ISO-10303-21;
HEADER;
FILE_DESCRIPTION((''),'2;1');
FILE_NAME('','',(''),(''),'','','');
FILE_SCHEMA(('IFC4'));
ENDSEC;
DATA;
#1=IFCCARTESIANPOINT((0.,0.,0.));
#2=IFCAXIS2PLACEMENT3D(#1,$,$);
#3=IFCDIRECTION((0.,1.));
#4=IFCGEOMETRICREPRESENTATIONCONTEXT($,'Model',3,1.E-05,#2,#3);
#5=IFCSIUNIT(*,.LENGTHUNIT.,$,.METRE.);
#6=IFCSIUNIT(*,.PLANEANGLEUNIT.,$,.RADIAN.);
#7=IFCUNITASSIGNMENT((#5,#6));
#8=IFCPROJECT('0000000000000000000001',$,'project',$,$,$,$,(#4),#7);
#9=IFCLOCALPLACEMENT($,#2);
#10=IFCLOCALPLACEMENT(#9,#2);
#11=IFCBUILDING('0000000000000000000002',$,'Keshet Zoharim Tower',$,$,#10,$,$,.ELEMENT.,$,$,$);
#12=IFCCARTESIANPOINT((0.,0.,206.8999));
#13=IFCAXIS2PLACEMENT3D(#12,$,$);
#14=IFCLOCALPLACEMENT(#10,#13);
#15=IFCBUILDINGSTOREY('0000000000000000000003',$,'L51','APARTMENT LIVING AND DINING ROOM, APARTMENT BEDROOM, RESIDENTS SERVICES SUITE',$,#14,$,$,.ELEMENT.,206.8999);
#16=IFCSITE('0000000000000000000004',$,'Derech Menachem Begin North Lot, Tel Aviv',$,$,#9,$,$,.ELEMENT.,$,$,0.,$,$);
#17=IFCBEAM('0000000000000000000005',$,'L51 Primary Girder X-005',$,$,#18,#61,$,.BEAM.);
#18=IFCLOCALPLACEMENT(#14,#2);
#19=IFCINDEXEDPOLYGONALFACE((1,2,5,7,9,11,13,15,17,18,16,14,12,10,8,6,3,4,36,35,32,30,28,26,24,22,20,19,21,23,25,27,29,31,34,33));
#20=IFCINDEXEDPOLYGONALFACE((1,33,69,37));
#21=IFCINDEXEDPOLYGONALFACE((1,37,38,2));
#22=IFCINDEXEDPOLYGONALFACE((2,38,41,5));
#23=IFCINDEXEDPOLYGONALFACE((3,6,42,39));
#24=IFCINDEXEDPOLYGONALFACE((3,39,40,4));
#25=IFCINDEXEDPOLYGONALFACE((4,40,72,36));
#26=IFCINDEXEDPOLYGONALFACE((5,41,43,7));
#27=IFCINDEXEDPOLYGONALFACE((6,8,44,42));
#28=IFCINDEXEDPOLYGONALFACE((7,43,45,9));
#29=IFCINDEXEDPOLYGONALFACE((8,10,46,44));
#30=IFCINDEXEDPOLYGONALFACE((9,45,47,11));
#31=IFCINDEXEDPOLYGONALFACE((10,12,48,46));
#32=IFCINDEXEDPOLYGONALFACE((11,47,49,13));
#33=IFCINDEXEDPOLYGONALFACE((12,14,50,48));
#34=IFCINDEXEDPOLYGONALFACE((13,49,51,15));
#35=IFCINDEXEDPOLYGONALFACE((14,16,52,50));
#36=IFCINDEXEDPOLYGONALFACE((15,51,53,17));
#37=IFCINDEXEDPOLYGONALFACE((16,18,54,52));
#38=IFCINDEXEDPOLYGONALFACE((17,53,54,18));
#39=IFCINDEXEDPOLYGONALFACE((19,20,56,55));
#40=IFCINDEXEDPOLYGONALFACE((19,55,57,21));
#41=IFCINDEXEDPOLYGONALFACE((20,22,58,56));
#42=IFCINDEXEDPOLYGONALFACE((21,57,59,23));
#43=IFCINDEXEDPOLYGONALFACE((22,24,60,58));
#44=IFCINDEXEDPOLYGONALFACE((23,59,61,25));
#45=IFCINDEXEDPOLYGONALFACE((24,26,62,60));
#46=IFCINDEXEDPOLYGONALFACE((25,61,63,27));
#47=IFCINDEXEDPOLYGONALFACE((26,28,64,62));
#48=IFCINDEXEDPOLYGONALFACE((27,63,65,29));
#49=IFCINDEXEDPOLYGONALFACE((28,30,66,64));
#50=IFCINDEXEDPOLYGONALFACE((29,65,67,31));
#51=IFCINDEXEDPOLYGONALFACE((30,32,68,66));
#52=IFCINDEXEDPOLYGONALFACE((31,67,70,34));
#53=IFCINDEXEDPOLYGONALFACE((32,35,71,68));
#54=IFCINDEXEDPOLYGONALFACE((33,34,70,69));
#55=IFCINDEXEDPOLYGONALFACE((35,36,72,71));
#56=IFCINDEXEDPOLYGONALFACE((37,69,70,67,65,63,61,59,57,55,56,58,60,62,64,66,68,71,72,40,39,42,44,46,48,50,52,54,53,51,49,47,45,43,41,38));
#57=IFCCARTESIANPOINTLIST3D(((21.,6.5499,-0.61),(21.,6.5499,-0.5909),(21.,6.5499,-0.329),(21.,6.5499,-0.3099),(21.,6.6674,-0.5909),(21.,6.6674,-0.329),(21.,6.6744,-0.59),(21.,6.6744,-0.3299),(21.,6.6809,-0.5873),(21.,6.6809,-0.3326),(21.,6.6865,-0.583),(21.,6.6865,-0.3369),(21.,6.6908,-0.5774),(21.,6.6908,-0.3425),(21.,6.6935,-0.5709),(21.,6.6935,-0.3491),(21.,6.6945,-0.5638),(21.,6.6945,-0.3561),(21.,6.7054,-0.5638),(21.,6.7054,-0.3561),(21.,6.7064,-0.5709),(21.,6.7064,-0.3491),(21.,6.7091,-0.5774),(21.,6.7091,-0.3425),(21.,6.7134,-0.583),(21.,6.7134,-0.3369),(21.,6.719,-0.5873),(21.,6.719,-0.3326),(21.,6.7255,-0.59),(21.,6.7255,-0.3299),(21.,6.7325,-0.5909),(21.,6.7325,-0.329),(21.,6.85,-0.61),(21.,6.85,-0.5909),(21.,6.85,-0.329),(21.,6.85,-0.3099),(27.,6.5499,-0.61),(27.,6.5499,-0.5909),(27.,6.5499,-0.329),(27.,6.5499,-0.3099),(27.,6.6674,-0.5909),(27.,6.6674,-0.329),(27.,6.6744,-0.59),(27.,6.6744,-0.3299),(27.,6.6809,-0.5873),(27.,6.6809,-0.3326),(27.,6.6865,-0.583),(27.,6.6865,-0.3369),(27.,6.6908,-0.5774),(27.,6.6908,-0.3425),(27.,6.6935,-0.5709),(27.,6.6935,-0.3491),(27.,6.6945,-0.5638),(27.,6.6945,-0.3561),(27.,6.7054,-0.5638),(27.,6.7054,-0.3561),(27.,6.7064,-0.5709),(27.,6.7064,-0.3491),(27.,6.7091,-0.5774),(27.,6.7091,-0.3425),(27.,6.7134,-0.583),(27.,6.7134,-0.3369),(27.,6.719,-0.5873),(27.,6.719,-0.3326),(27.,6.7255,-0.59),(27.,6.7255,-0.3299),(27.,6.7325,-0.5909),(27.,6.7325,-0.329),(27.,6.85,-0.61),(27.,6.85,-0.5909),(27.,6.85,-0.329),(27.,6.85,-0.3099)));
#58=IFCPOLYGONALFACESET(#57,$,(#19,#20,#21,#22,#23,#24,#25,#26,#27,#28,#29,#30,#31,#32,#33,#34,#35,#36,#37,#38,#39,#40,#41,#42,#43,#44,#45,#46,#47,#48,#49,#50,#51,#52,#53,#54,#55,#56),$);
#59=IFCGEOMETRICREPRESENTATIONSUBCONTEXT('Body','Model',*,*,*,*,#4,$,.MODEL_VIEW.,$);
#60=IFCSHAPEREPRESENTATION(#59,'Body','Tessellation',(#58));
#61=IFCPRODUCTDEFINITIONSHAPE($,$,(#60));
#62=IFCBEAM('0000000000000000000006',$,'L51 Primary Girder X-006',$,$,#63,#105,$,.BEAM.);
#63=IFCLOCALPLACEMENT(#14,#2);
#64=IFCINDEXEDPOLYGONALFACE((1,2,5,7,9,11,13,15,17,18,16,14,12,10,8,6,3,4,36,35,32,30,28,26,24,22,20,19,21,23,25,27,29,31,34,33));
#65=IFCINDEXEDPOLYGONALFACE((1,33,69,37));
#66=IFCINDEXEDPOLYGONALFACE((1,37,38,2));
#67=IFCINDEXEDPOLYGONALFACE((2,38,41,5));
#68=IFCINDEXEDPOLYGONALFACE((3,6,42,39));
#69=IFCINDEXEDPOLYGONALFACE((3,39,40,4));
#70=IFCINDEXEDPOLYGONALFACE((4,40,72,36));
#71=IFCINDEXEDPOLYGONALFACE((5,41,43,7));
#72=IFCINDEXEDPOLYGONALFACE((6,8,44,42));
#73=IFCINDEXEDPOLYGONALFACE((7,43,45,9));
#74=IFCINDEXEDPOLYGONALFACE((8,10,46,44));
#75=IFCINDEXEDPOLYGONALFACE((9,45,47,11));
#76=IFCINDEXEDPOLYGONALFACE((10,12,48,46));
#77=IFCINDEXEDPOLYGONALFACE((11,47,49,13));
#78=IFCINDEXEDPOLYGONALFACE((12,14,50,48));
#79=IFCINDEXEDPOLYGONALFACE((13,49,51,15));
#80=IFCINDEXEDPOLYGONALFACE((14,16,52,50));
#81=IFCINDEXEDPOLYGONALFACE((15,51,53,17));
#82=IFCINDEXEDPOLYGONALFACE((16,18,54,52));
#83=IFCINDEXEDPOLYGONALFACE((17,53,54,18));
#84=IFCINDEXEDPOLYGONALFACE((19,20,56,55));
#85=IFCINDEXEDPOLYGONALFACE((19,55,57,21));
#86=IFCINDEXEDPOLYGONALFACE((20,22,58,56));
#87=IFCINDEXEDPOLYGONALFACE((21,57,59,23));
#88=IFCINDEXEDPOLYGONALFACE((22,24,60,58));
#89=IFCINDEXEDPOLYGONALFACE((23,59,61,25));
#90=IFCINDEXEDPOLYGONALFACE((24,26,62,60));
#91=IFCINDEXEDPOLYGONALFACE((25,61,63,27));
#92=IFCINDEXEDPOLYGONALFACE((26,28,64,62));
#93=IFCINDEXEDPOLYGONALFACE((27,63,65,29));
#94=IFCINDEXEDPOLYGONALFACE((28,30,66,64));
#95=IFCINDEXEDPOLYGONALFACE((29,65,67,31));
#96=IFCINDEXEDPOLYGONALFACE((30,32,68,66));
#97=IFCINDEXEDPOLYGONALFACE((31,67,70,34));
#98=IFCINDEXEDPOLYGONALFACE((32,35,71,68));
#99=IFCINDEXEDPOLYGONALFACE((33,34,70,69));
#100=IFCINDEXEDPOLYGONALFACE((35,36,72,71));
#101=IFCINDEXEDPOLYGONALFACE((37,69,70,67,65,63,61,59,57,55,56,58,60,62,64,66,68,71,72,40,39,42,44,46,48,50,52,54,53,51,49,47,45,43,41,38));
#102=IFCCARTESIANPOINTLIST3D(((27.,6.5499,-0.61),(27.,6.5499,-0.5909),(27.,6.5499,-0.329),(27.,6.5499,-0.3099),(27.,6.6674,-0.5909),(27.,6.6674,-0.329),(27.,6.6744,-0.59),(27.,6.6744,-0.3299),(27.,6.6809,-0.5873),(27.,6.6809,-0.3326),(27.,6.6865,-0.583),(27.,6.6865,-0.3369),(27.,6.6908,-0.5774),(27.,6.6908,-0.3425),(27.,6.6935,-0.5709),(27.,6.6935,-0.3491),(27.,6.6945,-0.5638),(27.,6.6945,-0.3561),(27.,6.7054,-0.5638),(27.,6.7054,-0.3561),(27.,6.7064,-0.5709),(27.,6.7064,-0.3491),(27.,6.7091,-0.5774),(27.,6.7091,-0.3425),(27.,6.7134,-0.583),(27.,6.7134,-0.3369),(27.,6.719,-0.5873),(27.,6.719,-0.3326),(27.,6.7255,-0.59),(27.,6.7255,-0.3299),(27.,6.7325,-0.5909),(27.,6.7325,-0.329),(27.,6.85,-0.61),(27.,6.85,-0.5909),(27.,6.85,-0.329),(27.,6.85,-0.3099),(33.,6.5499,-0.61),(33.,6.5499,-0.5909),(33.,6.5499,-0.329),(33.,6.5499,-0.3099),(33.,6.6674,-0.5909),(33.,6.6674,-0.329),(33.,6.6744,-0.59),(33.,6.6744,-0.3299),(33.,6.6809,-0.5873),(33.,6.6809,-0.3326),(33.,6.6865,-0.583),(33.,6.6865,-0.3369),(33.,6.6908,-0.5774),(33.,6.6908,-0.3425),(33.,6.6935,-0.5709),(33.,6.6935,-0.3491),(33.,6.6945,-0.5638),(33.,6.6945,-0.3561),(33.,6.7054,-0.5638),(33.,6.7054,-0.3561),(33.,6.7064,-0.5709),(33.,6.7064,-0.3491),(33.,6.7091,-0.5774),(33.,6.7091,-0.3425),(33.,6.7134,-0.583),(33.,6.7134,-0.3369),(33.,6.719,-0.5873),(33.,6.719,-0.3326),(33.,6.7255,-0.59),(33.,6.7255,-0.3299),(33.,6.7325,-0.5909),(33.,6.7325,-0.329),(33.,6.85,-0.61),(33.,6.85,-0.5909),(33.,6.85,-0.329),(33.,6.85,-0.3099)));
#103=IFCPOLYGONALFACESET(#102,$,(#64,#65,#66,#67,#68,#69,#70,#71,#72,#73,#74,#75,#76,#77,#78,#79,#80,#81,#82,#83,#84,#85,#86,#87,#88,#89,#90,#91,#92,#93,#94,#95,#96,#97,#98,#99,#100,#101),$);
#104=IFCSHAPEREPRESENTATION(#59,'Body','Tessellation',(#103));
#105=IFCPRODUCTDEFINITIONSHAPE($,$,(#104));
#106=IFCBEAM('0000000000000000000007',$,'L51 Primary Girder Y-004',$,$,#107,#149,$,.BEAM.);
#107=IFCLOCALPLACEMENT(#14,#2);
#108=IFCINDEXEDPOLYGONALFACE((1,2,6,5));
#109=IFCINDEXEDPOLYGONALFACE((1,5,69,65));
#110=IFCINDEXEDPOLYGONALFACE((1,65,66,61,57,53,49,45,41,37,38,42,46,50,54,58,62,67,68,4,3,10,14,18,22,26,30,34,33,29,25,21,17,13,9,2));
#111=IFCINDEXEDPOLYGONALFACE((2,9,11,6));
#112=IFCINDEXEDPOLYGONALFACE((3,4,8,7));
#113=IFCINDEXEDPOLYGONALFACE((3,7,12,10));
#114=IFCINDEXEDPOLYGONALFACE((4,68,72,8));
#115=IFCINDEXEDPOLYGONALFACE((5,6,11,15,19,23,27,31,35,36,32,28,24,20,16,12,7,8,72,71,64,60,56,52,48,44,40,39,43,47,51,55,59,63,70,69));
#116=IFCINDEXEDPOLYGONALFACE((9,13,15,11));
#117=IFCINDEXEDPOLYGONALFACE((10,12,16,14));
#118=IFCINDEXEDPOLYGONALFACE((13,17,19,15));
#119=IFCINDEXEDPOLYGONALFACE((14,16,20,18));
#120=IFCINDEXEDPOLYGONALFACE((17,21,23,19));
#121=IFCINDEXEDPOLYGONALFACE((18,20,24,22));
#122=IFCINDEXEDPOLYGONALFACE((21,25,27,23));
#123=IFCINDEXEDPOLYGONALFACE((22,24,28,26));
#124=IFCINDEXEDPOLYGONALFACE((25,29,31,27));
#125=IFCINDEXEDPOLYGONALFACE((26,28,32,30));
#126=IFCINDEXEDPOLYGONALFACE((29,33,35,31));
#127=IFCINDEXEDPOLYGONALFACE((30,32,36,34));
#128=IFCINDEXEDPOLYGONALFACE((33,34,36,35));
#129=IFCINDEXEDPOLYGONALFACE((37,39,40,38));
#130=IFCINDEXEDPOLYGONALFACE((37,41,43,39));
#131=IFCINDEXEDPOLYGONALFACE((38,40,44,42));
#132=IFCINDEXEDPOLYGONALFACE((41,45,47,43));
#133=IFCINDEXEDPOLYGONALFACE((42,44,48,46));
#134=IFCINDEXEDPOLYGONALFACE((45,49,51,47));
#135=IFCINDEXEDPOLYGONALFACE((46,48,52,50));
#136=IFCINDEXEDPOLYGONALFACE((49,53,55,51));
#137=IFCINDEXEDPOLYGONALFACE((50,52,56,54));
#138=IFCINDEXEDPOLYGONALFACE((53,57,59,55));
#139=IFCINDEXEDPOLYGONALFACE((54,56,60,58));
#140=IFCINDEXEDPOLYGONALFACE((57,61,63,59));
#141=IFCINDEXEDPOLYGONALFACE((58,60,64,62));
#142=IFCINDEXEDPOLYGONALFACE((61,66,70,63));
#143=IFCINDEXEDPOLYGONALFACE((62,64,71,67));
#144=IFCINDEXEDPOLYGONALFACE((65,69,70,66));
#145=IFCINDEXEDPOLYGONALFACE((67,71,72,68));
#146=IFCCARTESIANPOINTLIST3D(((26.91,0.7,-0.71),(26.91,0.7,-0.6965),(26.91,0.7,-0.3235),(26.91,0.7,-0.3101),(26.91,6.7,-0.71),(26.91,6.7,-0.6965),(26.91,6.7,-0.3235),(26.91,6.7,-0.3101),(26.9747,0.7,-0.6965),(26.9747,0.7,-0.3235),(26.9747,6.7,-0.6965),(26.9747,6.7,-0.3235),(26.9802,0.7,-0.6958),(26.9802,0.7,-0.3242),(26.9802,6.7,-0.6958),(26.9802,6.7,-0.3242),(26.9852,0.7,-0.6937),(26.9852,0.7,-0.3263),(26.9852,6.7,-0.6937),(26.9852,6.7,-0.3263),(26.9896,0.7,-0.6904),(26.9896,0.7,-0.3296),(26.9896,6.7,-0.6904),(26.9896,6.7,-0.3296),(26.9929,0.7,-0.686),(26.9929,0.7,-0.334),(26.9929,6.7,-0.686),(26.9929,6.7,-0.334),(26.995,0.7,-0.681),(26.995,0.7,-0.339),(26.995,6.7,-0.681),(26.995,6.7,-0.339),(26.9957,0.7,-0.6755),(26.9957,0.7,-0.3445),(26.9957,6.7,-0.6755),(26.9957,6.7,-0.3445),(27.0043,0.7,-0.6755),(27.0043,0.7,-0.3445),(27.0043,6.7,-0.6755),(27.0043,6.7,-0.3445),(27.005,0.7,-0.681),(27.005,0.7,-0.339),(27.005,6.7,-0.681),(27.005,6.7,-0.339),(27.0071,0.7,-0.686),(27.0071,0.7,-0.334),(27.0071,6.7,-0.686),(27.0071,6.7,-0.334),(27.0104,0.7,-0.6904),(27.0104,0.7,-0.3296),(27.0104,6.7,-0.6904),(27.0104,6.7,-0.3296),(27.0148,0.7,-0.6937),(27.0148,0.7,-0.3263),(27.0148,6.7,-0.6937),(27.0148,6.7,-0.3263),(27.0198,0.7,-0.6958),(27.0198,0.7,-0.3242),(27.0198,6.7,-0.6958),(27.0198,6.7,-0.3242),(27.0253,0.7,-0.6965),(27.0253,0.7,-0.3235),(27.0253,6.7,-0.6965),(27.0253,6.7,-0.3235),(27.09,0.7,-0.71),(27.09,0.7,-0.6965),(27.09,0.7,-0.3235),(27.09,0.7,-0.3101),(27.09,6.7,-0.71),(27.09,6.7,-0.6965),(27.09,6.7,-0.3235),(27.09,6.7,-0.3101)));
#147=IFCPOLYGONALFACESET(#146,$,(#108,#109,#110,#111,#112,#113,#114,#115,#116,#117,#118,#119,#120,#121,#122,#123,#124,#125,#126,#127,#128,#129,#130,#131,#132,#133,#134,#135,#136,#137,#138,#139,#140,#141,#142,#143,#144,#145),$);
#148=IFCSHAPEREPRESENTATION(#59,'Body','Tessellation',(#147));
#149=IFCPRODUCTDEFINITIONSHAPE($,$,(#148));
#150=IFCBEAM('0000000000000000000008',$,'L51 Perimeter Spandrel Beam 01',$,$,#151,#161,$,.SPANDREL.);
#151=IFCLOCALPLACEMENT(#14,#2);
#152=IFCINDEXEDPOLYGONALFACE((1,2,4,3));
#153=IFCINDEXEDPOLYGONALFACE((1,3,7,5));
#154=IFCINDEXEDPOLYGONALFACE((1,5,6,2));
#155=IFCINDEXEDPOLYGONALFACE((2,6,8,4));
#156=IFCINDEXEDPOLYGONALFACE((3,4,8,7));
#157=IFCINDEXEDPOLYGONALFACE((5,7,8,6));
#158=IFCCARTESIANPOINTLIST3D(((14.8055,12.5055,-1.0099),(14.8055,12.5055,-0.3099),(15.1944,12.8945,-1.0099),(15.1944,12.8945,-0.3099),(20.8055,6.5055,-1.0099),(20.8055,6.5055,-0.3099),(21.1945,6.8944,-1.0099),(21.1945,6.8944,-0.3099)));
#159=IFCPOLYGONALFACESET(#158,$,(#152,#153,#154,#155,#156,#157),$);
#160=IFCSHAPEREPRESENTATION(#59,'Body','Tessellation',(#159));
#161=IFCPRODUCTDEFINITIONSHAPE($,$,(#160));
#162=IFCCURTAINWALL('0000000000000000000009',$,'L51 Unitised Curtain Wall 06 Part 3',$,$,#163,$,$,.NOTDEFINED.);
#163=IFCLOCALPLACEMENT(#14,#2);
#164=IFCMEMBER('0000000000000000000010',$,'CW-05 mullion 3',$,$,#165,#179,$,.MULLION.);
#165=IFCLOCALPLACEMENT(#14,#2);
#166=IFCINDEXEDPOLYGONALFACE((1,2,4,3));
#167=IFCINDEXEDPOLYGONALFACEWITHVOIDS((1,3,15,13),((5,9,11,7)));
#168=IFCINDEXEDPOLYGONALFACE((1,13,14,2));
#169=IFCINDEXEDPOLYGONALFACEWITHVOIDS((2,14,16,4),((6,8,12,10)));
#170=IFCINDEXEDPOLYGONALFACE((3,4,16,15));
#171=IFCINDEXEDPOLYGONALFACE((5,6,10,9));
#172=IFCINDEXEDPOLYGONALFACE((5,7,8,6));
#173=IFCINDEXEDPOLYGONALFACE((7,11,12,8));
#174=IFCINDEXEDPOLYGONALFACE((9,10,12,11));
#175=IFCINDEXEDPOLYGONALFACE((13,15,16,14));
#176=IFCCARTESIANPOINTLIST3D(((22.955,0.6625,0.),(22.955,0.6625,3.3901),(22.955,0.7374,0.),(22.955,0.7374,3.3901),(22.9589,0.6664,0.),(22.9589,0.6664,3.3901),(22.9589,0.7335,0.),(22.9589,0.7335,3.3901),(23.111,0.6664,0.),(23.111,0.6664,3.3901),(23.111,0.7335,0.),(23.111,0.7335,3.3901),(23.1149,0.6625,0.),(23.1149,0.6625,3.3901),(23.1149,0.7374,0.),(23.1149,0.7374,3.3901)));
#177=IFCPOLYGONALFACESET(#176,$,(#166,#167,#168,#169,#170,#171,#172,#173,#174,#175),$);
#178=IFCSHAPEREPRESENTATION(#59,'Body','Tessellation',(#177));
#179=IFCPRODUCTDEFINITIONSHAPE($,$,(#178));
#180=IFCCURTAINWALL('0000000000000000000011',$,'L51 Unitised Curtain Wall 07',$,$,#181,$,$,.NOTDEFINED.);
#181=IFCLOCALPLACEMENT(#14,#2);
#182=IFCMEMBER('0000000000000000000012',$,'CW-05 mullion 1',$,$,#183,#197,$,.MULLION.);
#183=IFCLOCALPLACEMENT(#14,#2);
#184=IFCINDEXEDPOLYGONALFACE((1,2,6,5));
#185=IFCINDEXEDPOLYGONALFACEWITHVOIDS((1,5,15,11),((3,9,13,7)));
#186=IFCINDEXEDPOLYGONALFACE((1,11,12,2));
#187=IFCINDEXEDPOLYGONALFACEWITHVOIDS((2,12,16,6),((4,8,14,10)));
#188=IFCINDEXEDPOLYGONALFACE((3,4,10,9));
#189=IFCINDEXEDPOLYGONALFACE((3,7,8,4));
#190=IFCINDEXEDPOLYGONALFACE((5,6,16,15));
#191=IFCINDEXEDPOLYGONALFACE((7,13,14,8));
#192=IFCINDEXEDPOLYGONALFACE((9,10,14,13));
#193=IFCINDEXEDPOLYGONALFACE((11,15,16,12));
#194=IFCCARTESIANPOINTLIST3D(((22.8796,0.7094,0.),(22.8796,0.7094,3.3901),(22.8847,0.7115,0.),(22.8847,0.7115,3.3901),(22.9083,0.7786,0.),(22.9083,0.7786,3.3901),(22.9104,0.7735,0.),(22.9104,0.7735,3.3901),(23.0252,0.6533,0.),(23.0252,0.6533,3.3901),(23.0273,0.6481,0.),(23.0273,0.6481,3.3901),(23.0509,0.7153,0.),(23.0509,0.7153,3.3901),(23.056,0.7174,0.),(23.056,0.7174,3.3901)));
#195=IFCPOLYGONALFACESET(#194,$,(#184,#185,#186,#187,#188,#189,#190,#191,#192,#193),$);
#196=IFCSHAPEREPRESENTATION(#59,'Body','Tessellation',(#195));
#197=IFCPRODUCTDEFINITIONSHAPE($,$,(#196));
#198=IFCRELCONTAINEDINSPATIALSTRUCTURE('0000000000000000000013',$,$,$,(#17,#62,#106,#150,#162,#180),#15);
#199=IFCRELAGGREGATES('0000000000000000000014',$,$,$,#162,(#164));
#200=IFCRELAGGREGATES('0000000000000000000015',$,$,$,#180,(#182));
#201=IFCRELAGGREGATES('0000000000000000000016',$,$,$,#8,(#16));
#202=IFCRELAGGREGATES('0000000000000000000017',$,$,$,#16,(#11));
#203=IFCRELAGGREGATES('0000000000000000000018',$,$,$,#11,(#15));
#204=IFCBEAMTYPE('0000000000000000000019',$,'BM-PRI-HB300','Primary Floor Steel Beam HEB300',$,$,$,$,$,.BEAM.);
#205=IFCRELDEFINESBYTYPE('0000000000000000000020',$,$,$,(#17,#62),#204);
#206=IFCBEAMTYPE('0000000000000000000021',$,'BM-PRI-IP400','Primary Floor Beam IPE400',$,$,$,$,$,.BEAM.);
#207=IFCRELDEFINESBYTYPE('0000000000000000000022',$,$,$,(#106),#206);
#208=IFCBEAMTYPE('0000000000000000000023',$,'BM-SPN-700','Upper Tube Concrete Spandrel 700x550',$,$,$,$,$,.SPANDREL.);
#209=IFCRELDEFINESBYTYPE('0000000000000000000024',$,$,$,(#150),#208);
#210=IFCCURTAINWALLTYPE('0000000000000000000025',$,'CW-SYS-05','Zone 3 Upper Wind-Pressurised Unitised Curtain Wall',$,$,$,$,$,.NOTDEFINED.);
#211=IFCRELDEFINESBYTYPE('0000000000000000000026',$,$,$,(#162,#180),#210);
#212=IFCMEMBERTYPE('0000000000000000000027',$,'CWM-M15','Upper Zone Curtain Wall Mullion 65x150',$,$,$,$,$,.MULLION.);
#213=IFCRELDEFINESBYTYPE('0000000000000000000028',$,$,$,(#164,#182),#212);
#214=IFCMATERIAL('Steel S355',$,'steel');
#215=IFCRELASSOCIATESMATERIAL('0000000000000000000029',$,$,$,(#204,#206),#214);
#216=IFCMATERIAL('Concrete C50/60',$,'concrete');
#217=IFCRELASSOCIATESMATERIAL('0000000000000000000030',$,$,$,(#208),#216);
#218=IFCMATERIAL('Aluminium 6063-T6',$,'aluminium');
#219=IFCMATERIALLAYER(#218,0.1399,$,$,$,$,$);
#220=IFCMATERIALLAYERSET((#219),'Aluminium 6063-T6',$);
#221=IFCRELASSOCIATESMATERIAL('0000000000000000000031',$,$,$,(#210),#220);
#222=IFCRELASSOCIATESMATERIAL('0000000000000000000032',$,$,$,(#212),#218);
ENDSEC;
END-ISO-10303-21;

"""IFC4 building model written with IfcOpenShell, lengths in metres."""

from ifc_helpers import new_model, si_unit, direction, frame, origin, origin_2d, place, context, subcontext, project, spatial, rectangle, hollow_rectangle, i_section, extrude, material, layer, layer_set, material_profile, profile_set, type_object, element, aggregate, save


model = new_model("IFC4")

# Units and contexts
model_context = context("Model", 3, precision=1e-05, world=origin(), true_north=direction((0.0, 1.0)))
body_context = subcontext(model_context, "Body", "Model", "MODEL_VIEW")
ifc_project = project(units=[si_unit("LENGTHUNIT", "METRE"), si_unit("PLANEANGLEUNIT", "RADIAN")], contexts=[model_context])

# Site, building, storey
site_placement = place(None, origin())
site = spatial("IfcSite", under=ifc_project, at=site_placement, Name="Derech Menachem Begin North Lot, Tel Aviv", CompositionType="ELEMENT", RefElevation=0.0)
building_placement = place(site_placement, origin())
building = spatial("IfcBuilding", under=site, at=building_placement, Name="Keshet Zoharim Tower", CompositionType="ELEMENT")
storey_placement = place(building_placement, frame((0.0, 0.0, 206.8999)))
storey = spatial("IfcBuildingStorey", under=building, at=storey_placement, Name="L51", Description="APARTMENT LIVING AND DINING ROOM, APARTMENT BEDROOM, RESIDENTS SERVICES SUITE", CompositionType="ELEMENT", Elevation=206.8999)

# Shared definitions
ifc_material_1 = material(Name="Steel S355", Category="steel")
ifc_material_2 = material(Name="Concrete C50/60", Category="concrete")

# Beams
ifc_material_profile_1 = material_profile(ifc_material_1, i_section(OverallWidth=0.3, OverallDepth=0.3, WebThickness=0.011, FlangeThickness=0.019, FilletRadius=0.0271, at=origin_2d()), Name="HEB300")
ifc_profile_set_1 = profile_set([ifc_material_profile_1], Name="Steel S355")
beam_type_1 = type_object("IfcBeamType", Name="BM-PRI-HB300", Description="Primary Floor Steel Beam HEB300", PredefinedType="BEAM", material=ifc_profile_set_1)
for number, where, z_axis, x_axis, name in (
    (1, (21.0, 6.7, -0.46), (1.0, 0.0, 0.0), (0.0, 1.0, 0.0), "L51 Primary Girder X-005"),
    (2, (27.0, 6.7, -0.46), (1.0, 0.0, 0.0), (0.0, 1.0, 0.0), "L51 Primary Girder X-006"),
):
    element("IfcBeam", number, at=place(storey_placement, frame(where, z_axis=z_axis, x_axis=x_axis)), inside=storey, type_object=beam_type_1, Name=name, PredefinedType="BEAM", context=body_context, shape_type="SweptSolid", body=[
        extrude(i_section(OverallWidth=0.3, OverallDepth=0.3, WebThickness=0.011, FlangeThickness=0.019, FilletRadius=0.0271, at=origin_2d()), origin(), (0.0, 0.0, 1.0), 6.0),
    ])
ifc_material_profile_2 = material_profile(ifc_material_1, i_section(OverallWidth=0.1799, OverallDepth=0.3999, WebThickness=0.0085, FlangeThickness=0.0134, FilletRadius=0.021, at=origin_2d()), Name="IPE400")
ifc_profile_set_2 = profile_set([ifc_material_profile_2], Name="Steel S355")
beam_type_2 = type_object("IfcBeamType", Name="BM-PRI-IP400", Description="Primary Floor Beam IPE400", PredefinedType="BEAM", material=ifc_profile_set_2)
beam_1_placement = place(storey_placement, frame((27.0, 0.7, -0.51), z_axis=(0.0, 1.0, 0.0), x_axis=(-1.0, 0.0, 0.0)))
element("IfcBeam", 3, at=beam_1_placement, inside=storey, type_object=beam_type_2, Name="L51 Primary Girder Y-004", PredefinedType="BEAM", context=body_context, shape_type="SweptSolid", body=[
    extrude(i_section(OverallWidth=0.1799, OverallDepth=0.3999, WebThickness=0.0085, FlangeThickness=0.0134, FilletRadius=0.021, at=origin_2d()), origin(), (0.0, 0.0, 1.0), 6.0),
])
ifc_material_profile_3 = material_profile(ifc_material_2, rectangle(XDim=0.55, YDim=0.7, at=origin_2d()), Name="RC700x550")
ifc_profile_set_3 = profile_set([ifc_material_profile_3], Name="Concrete C50/60")
beam_type_3 = type_object("IfcBeamType", Name="BM-SPN-700", Description="Upper Tube Concrete Spandrel 700x550", PredefinedType="SPANDREL", material=ifc_profile_set_3)
beam_2_placement = place(storey_placement, frame((21.0, 6.7, -0.6599), z_axis=(-0.707107, 0.707107, 0.0), x_axis=(-0.707107, -0.707107, 0.0)))
element("IfcBeam", 4, at=beam_2_placement, inside=storey, type_object=beam_type_3, Name="L51 Perimeter Spandrel Beam 01", PredefinedType="SPANDREL", context=body_context, shape_type="SweptSolid", body=[
    extrude(rectangle(XDim=0.55, YDim=0.7, at=origin_2d()), origin(), (0.0, 0.0, 1.0), 8.4854),
])

# Curtain wall, member
ifc_material_3 = material(Name="Aluminium 6063-T6", Category="aluminium")
ifc_layer_1 = layer(ifc_material_3, 0.1399)
ifc_layer_set_1 = layer_set([ifc_layer_1], Name="Aluminium 6063-T6")
curtain_wall_type = type_object("IfcCurtainWallType", Name="CW-SYS-05", Description="Zone 3 Upper Wind-Pressurised Unitised Curtain Wall", PredefinedType="NOTDEFINED", material=ifc_layer_set_1)
curtain_wall_1_placement = place(storey_placement, origin())
curtain_wall_1 = element("IfcCurtainWall", 5, at=curtain_wall_1_placement, inside=storey, type_object=curtain_wall_type, Name="L51 Unitised Curtain Wall 06 Part 3", PredefinedType="NOTDEFINED")
ifc_material_profile_4 = material_profile(ifc_material_3, hollow_rectangle(XDim=0.075, YDim=0.1599, WallThickness=0.0039, at=origin_2d()), Name="MUL-75x160")
ifc_profile_set_4 = profile_set([ifc_material_profile_4], Name="Aluminium 6063-T6")
member_type_1 = type_object("IfcMemberType", Name="CWM-M15", Description="Upper Zone Curtain Wall Mullion 65x150", PredefinedType="MULLION", material=ifc_profile_set_4)
member_1_placement = place(storey_placement, frame((23.0349, 0.7, 0.0), z_axis=(0.0, 0.0, 1.0), x_axis=(0.0, -1.0, 0.0)))
member_1 = element("IfcMember", 6, at=member_1_placement, type_object=member_type_1, Name="CW-05 mullion 3", PredefinedType="MULLION", context=body_context, shape_type="SweptSolid", body=[
    extrude(hollow_rectangle(XDim=0.075, YDim=0.1599, WallThickness=0.0039, at=origin_2d()), origin(), (0.0, 0.0, 1.0), 3.3901),
])
aggregate(curtain_wall_1, [member_1])

# Curtain wall, member
curtain_wall_2_placement = place(storey_placement, origin())
curtain_wall_2 = element("IfcCurtainWall", 7, at=curtain_wall_2_placement, inside=storey, type_object=curtain_wall_type, Name="L51 Unitised Curtain Wall 07", PredefinedType="NOTDEFINED")
member_2_placement = place(storey_placement, frame((22.9678, 0.7134, 0.0), z_axis=(0.0, 0.0, 1.0), x_axis=(-0.382852, -0.92381, 0.0)))
member_2 = element("IfcMember", 8, at=member_2_placement, type_object=member_type_1, Name="CW-05 mullion 1", PredefinedType="MULLION", context=body_context, shape_type="SweptSolid", body=[
    extrude(hollow_rectangle(XDim=0.075, YDim=0.1599, WallThickness=0.0039, at=origin_2d()), origin(), (0.0, 0.0, 1.0), 3.3901),
])

aggregate(curtain_wall_2, [member_2])

save(model, "model.ifc")
